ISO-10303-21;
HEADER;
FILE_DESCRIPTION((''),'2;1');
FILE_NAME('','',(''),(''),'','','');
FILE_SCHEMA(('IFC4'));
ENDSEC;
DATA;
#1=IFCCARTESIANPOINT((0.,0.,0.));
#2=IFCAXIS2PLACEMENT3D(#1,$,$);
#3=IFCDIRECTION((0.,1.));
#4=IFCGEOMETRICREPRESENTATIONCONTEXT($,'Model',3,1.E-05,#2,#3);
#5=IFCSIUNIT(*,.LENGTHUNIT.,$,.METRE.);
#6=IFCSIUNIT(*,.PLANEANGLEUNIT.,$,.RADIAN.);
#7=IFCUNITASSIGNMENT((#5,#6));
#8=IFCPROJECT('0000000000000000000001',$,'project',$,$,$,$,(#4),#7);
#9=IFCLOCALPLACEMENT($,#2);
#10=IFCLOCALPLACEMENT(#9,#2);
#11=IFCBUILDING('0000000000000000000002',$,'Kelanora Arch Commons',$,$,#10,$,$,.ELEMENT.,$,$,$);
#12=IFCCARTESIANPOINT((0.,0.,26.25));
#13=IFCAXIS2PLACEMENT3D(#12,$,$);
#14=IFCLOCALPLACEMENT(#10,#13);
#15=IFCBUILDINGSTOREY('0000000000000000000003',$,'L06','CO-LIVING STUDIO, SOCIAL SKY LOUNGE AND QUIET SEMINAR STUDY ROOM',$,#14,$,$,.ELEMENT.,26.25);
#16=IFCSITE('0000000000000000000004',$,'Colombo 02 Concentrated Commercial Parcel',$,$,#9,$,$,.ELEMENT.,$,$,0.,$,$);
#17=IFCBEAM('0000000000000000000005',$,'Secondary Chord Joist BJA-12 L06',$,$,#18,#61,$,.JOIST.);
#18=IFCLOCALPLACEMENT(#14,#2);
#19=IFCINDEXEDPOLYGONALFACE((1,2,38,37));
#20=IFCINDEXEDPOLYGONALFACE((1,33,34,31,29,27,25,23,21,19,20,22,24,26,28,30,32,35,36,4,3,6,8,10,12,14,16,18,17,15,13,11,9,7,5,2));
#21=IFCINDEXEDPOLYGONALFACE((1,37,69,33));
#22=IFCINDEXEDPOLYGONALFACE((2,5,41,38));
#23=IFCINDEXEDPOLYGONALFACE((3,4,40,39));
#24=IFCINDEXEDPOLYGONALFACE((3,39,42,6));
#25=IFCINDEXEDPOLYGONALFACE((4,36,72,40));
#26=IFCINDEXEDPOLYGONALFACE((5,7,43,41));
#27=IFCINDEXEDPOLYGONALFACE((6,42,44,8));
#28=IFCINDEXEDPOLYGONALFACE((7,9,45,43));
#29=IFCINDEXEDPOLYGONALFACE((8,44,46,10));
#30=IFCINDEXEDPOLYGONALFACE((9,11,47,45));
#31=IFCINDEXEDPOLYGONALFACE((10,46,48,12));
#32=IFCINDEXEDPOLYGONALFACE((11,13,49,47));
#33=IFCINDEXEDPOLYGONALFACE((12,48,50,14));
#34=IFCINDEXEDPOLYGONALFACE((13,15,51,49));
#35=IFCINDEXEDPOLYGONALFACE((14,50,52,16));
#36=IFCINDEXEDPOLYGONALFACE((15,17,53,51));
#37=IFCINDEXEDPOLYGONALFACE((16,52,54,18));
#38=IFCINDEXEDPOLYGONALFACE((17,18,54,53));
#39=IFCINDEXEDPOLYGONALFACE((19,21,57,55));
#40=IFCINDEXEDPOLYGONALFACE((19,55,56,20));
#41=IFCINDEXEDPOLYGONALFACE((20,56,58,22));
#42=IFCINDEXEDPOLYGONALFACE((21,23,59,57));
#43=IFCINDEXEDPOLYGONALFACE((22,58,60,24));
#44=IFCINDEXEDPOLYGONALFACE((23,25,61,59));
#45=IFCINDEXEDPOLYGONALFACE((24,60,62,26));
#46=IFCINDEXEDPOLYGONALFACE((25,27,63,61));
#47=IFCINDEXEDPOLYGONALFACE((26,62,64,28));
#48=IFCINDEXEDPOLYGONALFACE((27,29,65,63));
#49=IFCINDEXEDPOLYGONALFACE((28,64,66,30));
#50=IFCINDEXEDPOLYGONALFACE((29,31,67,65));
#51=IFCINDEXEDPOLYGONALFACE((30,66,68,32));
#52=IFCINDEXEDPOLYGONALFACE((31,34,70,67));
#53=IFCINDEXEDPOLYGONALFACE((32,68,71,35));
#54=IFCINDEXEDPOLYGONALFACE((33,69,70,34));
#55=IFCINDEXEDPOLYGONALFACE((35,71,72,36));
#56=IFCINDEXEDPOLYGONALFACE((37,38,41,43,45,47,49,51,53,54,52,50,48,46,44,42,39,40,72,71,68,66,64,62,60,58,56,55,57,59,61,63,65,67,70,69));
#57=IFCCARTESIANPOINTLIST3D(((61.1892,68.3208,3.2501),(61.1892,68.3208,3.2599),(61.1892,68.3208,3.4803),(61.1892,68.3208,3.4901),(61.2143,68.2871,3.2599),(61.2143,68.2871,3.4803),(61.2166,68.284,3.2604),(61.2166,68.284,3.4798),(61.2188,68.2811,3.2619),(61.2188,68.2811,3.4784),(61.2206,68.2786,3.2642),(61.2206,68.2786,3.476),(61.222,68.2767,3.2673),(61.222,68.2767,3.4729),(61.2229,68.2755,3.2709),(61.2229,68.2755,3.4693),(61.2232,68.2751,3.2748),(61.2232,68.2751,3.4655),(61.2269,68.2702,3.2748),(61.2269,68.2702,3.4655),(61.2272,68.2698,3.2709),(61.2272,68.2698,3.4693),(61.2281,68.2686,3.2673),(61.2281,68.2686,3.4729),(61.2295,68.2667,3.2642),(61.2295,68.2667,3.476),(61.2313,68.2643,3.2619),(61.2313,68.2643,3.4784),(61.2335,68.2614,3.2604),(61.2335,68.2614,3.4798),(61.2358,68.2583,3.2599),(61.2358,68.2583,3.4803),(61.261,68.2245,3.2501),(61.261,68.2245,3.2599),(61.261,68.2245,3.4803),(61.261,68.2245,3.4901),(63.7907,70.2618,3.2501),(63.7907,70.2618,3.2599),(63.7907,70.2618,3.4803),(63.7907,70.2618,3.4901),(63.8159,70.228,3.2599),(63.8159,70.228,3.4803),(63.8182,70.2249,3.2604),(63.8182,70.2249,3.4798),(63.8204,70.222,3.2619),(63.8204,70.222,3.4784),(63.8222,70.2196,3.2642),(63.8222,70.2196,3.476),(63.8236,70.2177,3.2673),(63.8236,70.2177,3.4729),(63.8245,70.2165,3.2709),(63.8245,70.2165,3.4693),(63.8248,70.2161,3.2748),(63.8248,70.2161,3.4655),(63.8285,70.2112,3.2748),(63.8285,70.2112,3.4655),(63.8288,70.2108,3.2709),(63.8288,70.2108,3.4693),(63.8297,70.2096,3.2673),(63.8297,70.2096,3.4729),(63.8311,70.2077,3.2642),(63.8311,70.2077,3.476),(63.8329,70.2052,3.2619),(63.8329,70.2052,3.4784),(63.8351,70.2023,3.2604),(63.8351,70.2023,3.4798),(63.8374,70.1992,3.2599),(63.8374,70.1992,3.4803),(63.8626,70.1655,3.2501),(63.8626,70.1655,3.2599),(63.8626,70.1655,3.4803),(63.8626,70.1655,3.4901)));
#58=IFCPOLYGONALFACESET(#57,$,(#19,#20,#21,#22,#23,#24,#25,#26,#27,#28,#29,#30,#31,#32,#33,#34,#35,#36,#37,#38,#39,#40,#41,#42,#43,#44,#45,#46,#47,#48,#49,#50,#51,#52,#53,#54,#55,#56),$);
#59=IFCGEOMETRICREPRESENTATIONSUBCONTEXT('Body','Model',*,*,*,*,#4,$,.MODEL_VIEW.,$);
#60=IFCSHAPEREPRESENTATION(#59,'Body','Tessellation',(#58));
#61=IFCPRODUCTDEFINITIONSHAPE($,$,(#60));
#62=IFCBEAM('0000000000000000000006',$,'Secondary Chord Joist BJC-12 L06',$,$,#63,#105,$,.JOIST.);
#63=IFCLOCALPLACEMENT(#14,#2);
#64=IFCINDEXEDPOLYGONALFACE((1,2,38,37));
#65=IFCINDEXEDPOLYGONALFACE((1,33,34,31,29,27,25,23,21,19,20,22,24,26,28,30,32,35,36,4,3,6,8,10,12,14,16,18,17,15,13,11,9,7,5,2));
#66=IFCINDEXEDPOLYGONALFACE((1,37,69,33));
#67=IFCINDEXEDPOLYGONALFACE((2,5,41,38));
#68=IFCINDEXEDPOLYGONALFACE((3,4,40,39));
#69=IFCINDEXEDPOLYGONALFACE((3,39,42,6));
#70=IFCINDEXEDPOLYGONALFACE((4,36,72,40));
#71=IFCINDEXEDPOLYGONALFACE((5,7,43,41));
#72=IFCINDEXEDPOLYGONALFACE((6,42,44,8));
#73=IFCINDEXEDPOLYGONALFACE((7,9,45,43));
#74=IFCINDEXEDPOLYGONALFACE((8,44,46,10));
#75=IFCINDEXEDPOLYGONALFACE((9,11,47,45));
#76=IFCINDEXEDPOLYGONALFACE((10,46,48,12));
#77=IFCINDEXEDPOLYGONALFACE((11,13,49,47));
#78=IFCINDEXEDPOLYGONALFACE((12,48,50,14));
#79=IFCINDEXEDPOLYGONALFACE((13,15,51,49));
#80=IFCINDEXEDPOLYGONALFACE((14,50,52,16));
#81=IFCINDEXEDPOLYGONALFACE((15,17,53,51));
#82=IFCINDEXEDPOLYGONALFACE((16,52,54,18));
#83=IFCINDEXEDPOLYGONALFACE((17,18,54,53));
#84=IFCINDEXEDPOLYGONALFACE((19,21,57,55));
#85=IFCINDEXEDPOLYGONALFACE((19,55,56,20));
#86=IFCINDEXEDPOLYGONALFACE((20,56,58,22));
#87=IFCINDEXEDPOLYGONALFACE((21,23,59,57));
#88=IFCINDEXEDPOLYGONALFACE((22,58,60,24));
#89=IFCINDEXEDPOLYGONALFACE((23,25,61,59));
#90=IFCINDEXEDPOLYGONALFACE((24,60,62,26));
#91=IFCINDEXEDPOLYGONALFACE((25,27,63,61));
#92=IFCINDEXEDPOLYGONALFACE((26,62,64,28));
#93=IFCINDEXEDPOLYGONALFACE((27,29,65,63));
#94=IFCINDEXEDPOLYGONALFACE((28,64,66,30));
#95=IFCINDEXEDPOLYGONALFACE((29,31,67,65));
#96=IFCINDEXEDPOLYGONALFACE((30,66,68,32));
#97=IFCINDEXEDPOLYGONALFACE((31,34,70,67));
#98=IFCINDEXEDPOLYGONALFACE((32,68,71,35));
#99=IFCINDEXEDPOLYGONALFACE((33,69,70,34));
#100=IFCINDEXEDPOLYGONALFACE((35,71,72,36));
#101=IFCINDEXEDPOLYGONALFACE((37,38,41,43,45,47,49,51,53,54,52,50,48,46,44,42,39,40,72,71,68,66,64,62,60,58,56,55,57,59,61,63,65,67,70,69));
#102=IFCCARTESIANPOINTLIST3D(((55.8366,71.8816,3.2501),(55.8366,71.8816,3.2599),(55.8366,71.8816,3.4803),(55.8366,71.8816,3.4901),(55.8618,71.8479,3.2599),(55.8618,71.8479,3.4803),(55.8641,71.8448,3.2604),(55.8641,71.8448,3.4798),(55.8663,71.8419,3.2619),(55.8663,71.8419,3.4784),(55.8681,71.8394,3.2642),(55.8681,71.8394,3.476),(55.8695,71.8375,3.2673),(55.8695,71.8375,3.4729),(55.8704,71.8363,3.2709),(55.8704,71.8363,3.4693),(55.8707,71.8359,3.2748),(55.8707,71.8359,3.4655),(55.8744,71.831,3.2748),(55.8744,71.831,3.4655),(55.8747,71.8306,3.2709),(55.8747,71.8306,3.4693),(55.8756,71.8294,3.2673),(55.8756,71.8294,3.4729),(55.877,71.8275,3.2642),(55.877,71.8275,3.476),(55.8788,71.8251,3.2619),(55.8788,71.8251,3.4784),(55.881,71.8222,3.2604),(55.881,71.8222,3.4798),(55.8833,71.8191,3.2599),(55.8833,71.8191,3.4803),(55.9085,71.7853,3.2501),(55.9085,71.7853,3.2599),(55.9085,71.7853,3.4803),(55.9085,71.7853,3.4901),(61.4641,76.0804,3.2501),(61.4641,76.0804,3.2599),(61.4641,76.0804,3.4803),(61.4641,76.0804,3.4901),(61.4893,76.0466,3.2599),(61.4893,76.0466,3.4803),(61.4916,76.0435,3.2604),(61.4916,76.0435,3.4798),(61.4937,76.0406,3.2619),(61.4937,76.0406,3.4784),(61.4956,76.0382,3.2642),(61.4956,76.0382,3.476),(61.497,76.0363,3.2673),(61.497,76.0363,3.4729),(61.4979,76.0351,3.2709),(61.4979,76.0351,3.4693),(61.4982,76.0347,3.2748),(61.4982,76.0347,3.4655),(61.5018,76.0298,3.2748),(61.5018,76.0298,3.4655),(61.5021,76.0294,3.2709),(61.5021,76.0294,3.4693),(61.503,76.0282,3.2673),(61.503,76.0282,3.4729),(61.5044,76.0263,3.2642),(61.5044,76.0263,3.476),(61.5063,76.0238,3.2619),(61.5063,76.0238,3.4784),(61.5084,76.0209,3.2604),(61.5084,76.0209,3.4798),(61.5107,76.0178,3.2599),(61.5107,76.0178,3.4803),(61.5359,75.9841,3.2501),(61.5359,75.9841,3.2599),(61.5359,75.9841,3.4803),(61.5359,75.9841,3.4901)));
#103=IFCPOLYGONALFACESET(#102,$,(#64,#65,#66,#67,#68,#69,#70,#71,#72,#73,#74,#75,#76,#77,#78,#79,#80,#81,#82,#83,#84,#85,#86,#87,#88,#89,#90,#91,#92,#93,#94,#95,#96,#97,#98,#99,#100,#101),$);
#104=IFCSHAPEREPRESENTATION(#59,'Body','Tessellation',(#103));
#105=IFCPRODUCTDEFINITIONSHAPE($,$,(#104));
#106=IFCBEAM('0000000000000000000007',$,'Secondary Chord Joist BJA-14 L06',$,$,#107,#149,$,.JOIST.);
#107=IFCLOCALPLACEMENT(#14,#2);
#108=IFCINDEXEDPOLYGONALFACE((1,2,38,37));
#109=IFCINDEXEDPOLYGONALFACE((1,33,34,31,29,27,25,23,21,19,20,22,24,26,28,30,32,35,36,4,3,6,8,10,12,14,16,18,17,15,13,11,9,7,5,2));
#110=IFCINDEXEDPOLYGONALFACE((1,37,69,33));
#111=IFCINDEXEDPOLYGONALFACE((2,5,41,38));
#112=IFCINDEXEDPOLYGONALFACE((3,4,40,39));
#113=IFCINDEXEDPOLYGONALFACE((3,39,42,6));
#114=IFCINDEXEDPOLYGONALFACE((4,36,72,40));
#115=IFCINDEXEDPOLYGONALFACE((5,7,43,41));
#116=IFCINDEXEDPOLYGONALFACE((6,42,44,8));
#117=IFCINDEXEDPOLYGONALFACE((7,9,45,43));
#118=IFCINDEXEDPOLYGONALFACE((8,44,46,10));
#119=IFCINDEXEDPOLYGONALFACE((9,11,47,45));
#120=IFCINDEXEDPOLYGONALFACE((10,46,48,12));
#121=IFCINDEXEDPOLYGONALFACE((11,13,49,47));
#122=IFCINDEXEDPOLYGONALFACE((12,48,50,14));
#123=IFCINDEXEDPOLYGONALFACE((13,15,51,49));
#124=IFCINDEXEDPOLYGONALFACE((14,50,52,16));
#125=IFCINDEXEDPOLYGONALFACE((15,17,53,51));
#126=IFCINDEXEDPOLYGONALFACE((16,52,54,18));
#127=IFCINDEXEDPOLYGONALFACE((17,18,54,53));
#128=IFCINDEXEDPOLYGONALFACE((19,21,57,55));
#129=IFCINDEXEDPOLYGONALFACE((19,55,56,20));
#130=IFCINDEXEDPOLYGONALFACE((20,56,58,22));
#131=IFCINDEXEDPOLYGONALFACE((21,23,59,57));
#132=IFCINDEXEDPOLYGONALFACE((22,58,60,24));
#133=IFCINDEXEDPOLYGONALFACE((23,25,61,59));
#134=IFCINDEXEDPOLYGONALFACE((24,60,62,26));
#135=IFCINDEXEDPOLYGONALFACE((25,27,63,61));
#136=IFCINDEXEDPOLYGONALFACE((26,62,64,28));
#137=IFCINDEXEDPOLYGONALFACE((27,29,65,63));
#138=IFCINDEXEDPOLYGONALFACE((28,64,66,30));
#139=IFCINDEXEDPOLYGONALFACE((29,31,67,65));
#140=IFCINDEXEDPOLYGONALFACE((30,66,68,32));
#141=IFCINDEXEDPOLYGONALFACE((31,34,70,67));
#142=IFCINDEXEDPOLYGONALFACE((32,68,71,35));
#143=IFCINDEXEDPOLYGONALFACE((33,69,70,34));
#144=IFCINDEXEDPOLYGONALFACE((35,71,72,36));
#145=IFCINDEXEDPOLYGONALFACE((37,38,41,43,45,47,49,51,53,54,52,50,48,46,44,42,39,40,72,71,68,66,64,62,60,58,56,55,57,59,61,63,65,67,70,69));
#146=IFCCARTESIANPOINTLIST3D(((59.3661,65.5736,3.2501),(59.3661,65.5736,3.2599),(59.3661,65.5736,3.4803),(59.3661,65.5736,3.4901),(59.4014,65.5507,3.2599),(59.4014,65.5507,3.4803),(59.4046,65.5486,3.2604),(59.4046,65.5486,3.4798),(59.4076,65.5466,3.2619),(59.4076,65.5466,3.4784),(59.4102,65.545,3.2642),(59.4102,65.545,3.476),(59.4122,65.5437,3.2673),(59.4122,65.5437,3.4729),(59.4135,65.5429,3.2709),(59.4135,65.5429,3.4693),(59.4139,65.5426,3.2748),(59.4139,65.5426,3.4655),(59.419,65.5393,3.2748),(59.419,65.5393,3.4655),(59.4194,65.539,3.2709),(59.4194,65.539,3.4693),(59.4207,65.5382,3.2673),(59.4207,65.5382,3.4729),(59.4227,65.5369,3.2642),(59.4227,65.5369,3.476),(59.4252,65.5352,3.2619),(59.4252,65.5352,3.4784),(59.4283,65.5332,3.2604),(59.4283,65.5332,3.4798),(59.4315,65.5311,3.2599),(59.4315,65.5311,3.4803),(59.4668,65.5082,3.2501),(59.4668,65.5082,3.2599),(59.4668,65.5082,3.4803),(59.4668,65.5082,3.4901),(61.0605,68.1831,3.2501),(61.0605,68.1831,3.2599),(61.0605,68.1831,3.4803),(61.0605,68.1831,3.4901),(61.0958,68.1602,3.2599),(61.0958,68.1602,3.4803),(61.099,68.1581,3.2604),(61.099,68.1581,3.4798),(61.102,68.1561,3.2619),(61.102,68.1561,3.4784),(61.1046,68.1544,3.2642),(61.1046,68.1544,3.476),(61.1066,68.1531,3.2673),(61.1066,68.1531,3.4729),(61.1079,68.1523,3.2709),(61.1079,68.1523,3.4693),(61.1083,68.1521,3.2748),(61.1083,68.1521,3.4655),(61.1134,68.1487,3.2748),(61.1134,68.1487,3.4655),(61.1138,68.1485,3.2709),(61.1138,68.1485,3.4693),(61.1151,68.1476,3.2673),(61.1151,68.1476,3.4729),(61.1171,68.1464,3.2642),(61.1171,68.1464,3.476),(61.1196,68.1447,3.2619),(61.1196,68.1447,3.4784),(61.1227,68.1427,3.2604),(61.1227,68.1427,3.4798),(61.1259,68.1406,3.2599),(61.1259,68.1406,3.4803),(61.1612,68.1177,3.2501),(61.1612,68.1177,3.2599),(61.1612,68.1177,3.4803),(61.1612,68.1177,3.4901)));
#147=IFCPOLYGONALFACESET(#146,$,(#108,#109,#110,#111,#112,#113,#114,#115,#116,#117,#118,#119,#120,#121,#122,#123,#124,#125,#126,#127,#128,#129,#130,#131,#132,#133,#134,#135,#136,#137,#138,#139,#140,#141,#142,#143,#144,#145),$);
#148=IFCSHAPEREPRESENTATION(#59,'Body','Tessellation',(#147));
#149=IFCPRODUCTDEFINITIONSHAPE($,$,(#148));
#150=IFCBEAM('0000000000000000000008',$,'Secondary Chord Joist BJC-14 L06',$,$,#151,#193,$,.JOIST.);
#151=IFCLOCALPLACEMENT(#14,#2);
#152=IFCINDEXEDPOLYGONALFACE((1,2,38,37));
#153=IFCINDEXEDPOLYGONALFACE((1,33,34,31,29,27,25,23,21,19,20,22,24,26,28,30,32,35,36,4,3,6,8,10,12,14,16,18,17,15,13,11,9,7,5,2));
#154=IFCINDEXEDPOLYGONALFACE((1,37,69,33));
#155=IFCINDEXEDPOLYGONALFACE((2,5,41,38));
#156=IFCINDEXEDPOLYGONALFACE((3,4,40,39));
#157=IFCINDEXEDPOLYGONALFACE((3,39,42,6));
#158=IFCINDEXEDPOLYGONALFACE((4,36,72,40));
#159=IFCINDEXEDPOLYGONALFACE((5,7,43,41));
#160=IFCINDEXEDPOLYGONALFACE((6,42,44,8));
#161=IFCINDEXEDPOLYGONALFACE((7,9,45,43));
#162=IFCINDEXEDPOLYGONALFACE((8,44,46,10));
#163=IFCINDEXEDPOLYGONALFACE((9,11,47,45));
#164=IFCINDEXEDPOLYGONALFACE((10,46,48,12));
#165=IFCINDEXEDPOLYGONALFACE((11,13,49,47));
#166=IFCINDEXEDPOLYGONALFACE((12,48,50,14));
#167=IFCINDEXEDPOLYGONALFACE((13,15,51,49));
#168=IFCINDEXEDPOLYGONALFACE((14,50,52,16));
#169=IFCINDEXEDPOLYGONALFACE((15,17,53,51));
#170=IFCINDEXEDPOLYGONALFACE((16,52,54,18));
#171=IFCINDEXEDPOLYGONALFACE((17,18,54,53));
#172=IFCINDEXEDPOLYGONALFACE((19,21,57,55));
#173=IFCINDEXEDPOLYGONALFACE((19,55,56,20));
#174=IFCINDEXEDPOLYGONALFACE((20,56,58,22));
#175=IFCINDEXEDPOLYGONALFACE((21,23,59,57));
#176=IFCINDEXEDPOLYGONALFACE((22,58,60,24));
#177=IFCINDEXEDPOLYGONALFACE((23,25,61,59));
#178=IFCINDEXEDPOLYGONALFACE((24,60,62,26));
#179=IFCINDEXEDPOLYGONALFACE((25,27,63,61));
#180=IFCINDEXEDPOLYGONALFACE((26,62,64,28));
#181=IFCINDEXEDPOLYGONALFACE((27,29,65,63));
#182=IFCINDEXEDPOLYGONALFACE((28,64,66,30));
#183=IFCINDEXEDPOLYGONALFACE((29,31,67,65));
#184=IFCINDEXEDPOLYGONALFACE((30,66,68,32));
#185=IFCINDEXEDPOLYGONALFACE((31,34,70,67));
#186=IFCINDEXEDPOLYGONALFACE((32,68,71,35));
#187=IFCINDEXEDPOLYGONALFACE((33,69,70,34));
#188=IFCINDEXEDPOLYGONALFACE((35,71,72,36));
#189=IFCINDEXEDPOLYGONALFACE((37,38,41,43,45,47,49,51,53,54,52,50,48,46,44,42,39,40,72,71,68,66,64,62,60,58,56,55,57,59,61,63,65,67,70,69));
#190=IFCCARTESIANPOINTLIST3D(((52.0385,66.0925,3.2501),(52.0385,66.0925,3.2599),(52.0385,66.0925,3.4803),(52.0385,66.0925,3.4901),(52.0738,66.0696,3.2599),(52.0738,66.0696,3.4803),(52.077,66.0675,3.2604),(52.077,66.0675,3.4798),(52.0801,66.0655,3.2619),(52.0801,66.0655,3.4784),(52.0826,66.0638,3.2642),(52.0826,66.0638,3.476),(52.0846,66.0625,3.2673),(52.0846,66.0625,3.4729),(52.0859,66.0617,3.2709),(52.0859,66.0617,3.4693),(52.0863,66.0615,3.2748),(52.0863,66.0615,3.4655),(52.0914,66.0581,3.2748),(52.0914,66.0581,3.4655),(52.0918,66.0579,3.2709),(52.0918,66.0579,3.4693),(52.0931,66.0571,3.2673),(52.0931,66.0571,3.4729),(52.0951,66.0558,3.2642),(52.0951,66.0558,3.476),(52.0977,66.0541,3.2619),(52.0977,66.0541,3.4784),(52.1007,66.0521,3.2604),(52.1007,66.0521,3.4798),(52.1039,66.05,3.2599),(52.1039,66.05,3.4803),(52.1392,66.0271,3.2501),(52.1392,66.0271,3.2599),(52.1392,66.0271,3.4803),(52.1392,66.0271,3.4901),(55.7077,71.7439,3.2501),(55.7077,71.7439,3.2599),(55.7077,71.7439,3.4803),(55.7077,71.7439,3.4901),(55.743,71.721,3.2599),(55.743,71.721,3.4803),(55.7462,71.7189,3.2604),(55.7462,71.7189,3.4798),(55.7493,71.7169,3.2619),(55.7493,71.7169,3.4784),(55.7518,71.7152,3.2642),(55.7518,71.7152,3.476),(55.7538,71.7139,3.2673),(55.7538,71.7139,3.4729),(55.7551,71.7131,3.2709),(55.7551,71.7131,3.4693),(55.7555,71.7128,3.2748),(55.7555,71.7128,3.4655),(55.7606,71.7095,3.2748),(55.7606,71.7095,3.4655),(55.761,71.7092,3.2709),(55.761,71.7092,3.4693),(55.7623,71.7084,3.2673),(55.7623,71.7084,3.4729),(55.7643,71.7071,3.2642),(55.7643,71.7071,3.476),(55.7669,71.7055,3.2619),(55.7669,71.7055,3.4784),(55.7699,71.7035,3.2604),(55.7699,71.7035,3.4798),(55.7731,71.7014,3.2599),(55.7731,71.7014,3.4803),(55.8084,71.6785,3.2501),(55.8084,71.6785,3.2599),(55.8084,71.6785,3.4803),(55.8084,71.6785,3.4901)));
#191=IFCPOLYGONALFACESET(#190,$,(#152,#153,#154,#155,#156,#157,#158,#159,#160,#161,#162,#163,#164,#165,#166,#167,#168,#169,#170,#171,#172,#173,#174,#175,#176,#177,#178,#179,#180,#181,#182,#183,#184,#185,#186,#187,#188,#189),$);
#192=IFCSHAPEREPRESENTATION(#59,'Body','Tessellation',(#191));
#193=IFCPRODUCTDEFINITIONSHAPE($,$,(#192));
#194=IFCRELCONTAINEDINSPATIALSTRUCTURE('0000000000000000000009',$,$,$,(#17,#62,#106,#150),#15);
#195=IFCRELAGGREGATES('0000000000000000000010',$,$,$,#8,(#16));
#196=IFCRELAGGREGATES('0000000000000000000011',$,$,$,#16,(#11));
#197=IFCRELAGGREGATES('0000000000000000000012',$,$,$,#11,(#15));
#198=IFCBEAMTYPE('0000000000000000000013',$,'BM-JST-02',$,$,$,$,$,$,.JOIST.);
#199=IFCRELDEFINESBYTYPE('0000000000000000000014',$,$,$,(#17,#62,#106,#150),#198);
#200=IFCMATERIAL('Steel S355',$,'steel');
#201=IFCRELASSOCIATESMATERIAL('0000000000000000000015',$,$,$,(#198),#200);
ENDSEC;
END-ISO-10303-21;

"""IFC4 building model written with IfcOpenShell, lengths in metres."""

from ifc_helpers import new_model, si_unit, direction, frame, origin, origin_2d, place, context, subcontext, project, spatial, i_section, extrude, material, material_profile, profile_set, type_object, element, save


model = new_model("IFC4")

# Units and contexts
model_context = context("Model", 3, precision=1e-05, world=origin(), true_north=direction((0.0, 1.0)))
body_context = subcontext(model_context, "Body", "Model", "MODEL_VIEW")
ifc_project = project(units=[si_unit("LENGTHUNIT", "METRE"), si_unit("PLANEANGLEUNIT", "RADIAN")], contexts=[model_context])

# Site, building, storey
site_placement = place(None, origin())
site = spatial("IfcSite", under=ifc_project, at=site_placement, Name="Colombo 02 Concentrated Commercial Parcel", CompositionType="ELEMENT", RefElevation=0.0)
building_placement = place(site_placement, origin())
building = spatial("IfcBuilding", under=site, at=building_placement, Name="Kelanora Arch Commons", CompositionType="ELEMENT")
storey_placement = place(building_placement, frame((0.0, 0.0, 26.25)))
storey = spatial("IfcBuildingStorey", under=building, at=storey_placement, Name="L06", Description="CO-LIVING STUDIO, SOCIAL SKY LOUNGE AND QUIET SEMINAR STUDY ROOM", CompositionType="ELEMENT", Elevation=26.25)

# Beams
ifc_material_1 = material(Name="Steel S355", Category="steel")
ifc_material_profile_1 = material_profile(ifc_material_1, i_section(OverallWidth=0.1201, OverallDepth=0.24, WebThickness=0.0061, FlangeThickness=0.0098, FilletRadius=0.0149, at=origin_2d()), Name="IPE240")
ifc_profile_set_1 = profile_set([ifc_material_profile_1], Name="Steel S355")
beam_type_1 = type_object("IfcBeamType", Name="BM-JST-02", PredefinedType="JOIST", material=ifc_profile_set_1)
beam_1_placement = place(storey_placement, frame((63.8267, 70.2136, 3.3701), z_axis=(-0.801514, -0.597976, 0.0), x_axis=(0.597976, -0.801514, 0.0)))
element("IfcBeam", 1, at=beam_1_placement, inside=storey, type_object=beam_type_1, Name="Secondary Chord Joist BJA-12 L06", PredefinedType="JOIST", context=body_context, shape_type="SweptSolid", body=[
    extrude(i_section(OverallWidth=0.1201, OverallDepth=0.24, WebThickness=0.0061, FlangeThickness=0.0098, FilletRadius=0.0149, at=origin_2d()), origin(), (0.0, 0.0, 1.0), 3.2458),
])
beam_2_placement = place(storey_placement, frame((61.5, 76.0322, 3.3701), z_axis=(-0.801491, -0.598006, 0.0), x_axis=(0.598006, -0.801491, 0.0)))
element("IfcBeam", 2, at=beam_2_placement, inside=storey, type_object=beam_type_1, Name="Secondary Chord Joist BJC-12 L06", PredefinedType="JOIST", context=body_context, shape_type="SweptSolid", body=[
    extrude(i_section(OverallWidth=0.1201, OverallDepth=0.24, WebThickness=0.0061, FlangeThickness=0.0098, FilletRadius=0.0149, at=origin_2d()), origin(), (0.0, 0.0, 1.0), 7.0212),
])
beam_3_placement = place(storey_placement, frame((61.1108, 68.1504, 3.3701), z_axis=(-0.544591, -0.838702, 0.0), x_axis=(0.838702, -0.544591, 0.0)))
element("IfcBeam", 3, at=beam_3_placement, inside=storey, type_object=beam_type_1, Name="Secondary Chord Joist BJA-14 L06", PredefinedType="JOIST", context=body_context, shape_type="SweptSolid", body=[
    extrude(i_section(OverallWidth=0.1201, OverallDepth=0.24, WebThickness=0.0061, FlangeThickness=0.0098, FilletRadius=0.0149, at=origin_2d()), origin(), (0.0, 0.0, 1.0), 3.1113),
])
beam_4_placement = place(storey_placement, frame((55.7581, 71.7112, 3.3701), z_axis=(-0.54455, -0.838728, 0.0), x_axis=(0.838728, -0.54455, 0.0)))
element("IfcBeam", 4, at=beam_4_placement, inside=storey, type_object=beam_type_1, Name="Secondary Chord Joist BJC-14 L06", PredefinedType="JOIST", context=body_context, shape_type="SweptSolid", body=[
    extrude(i_section(OverallWidth=0.1201, OverallDepth=0.24, WebThickness=0.0061, FlangeThickness=0.0098, FilletRadius=0.0149, at=origin_2d()), origin(), (0.0, 0.0, 1.0), 6.738),
])

save(model, "model.ifc")
